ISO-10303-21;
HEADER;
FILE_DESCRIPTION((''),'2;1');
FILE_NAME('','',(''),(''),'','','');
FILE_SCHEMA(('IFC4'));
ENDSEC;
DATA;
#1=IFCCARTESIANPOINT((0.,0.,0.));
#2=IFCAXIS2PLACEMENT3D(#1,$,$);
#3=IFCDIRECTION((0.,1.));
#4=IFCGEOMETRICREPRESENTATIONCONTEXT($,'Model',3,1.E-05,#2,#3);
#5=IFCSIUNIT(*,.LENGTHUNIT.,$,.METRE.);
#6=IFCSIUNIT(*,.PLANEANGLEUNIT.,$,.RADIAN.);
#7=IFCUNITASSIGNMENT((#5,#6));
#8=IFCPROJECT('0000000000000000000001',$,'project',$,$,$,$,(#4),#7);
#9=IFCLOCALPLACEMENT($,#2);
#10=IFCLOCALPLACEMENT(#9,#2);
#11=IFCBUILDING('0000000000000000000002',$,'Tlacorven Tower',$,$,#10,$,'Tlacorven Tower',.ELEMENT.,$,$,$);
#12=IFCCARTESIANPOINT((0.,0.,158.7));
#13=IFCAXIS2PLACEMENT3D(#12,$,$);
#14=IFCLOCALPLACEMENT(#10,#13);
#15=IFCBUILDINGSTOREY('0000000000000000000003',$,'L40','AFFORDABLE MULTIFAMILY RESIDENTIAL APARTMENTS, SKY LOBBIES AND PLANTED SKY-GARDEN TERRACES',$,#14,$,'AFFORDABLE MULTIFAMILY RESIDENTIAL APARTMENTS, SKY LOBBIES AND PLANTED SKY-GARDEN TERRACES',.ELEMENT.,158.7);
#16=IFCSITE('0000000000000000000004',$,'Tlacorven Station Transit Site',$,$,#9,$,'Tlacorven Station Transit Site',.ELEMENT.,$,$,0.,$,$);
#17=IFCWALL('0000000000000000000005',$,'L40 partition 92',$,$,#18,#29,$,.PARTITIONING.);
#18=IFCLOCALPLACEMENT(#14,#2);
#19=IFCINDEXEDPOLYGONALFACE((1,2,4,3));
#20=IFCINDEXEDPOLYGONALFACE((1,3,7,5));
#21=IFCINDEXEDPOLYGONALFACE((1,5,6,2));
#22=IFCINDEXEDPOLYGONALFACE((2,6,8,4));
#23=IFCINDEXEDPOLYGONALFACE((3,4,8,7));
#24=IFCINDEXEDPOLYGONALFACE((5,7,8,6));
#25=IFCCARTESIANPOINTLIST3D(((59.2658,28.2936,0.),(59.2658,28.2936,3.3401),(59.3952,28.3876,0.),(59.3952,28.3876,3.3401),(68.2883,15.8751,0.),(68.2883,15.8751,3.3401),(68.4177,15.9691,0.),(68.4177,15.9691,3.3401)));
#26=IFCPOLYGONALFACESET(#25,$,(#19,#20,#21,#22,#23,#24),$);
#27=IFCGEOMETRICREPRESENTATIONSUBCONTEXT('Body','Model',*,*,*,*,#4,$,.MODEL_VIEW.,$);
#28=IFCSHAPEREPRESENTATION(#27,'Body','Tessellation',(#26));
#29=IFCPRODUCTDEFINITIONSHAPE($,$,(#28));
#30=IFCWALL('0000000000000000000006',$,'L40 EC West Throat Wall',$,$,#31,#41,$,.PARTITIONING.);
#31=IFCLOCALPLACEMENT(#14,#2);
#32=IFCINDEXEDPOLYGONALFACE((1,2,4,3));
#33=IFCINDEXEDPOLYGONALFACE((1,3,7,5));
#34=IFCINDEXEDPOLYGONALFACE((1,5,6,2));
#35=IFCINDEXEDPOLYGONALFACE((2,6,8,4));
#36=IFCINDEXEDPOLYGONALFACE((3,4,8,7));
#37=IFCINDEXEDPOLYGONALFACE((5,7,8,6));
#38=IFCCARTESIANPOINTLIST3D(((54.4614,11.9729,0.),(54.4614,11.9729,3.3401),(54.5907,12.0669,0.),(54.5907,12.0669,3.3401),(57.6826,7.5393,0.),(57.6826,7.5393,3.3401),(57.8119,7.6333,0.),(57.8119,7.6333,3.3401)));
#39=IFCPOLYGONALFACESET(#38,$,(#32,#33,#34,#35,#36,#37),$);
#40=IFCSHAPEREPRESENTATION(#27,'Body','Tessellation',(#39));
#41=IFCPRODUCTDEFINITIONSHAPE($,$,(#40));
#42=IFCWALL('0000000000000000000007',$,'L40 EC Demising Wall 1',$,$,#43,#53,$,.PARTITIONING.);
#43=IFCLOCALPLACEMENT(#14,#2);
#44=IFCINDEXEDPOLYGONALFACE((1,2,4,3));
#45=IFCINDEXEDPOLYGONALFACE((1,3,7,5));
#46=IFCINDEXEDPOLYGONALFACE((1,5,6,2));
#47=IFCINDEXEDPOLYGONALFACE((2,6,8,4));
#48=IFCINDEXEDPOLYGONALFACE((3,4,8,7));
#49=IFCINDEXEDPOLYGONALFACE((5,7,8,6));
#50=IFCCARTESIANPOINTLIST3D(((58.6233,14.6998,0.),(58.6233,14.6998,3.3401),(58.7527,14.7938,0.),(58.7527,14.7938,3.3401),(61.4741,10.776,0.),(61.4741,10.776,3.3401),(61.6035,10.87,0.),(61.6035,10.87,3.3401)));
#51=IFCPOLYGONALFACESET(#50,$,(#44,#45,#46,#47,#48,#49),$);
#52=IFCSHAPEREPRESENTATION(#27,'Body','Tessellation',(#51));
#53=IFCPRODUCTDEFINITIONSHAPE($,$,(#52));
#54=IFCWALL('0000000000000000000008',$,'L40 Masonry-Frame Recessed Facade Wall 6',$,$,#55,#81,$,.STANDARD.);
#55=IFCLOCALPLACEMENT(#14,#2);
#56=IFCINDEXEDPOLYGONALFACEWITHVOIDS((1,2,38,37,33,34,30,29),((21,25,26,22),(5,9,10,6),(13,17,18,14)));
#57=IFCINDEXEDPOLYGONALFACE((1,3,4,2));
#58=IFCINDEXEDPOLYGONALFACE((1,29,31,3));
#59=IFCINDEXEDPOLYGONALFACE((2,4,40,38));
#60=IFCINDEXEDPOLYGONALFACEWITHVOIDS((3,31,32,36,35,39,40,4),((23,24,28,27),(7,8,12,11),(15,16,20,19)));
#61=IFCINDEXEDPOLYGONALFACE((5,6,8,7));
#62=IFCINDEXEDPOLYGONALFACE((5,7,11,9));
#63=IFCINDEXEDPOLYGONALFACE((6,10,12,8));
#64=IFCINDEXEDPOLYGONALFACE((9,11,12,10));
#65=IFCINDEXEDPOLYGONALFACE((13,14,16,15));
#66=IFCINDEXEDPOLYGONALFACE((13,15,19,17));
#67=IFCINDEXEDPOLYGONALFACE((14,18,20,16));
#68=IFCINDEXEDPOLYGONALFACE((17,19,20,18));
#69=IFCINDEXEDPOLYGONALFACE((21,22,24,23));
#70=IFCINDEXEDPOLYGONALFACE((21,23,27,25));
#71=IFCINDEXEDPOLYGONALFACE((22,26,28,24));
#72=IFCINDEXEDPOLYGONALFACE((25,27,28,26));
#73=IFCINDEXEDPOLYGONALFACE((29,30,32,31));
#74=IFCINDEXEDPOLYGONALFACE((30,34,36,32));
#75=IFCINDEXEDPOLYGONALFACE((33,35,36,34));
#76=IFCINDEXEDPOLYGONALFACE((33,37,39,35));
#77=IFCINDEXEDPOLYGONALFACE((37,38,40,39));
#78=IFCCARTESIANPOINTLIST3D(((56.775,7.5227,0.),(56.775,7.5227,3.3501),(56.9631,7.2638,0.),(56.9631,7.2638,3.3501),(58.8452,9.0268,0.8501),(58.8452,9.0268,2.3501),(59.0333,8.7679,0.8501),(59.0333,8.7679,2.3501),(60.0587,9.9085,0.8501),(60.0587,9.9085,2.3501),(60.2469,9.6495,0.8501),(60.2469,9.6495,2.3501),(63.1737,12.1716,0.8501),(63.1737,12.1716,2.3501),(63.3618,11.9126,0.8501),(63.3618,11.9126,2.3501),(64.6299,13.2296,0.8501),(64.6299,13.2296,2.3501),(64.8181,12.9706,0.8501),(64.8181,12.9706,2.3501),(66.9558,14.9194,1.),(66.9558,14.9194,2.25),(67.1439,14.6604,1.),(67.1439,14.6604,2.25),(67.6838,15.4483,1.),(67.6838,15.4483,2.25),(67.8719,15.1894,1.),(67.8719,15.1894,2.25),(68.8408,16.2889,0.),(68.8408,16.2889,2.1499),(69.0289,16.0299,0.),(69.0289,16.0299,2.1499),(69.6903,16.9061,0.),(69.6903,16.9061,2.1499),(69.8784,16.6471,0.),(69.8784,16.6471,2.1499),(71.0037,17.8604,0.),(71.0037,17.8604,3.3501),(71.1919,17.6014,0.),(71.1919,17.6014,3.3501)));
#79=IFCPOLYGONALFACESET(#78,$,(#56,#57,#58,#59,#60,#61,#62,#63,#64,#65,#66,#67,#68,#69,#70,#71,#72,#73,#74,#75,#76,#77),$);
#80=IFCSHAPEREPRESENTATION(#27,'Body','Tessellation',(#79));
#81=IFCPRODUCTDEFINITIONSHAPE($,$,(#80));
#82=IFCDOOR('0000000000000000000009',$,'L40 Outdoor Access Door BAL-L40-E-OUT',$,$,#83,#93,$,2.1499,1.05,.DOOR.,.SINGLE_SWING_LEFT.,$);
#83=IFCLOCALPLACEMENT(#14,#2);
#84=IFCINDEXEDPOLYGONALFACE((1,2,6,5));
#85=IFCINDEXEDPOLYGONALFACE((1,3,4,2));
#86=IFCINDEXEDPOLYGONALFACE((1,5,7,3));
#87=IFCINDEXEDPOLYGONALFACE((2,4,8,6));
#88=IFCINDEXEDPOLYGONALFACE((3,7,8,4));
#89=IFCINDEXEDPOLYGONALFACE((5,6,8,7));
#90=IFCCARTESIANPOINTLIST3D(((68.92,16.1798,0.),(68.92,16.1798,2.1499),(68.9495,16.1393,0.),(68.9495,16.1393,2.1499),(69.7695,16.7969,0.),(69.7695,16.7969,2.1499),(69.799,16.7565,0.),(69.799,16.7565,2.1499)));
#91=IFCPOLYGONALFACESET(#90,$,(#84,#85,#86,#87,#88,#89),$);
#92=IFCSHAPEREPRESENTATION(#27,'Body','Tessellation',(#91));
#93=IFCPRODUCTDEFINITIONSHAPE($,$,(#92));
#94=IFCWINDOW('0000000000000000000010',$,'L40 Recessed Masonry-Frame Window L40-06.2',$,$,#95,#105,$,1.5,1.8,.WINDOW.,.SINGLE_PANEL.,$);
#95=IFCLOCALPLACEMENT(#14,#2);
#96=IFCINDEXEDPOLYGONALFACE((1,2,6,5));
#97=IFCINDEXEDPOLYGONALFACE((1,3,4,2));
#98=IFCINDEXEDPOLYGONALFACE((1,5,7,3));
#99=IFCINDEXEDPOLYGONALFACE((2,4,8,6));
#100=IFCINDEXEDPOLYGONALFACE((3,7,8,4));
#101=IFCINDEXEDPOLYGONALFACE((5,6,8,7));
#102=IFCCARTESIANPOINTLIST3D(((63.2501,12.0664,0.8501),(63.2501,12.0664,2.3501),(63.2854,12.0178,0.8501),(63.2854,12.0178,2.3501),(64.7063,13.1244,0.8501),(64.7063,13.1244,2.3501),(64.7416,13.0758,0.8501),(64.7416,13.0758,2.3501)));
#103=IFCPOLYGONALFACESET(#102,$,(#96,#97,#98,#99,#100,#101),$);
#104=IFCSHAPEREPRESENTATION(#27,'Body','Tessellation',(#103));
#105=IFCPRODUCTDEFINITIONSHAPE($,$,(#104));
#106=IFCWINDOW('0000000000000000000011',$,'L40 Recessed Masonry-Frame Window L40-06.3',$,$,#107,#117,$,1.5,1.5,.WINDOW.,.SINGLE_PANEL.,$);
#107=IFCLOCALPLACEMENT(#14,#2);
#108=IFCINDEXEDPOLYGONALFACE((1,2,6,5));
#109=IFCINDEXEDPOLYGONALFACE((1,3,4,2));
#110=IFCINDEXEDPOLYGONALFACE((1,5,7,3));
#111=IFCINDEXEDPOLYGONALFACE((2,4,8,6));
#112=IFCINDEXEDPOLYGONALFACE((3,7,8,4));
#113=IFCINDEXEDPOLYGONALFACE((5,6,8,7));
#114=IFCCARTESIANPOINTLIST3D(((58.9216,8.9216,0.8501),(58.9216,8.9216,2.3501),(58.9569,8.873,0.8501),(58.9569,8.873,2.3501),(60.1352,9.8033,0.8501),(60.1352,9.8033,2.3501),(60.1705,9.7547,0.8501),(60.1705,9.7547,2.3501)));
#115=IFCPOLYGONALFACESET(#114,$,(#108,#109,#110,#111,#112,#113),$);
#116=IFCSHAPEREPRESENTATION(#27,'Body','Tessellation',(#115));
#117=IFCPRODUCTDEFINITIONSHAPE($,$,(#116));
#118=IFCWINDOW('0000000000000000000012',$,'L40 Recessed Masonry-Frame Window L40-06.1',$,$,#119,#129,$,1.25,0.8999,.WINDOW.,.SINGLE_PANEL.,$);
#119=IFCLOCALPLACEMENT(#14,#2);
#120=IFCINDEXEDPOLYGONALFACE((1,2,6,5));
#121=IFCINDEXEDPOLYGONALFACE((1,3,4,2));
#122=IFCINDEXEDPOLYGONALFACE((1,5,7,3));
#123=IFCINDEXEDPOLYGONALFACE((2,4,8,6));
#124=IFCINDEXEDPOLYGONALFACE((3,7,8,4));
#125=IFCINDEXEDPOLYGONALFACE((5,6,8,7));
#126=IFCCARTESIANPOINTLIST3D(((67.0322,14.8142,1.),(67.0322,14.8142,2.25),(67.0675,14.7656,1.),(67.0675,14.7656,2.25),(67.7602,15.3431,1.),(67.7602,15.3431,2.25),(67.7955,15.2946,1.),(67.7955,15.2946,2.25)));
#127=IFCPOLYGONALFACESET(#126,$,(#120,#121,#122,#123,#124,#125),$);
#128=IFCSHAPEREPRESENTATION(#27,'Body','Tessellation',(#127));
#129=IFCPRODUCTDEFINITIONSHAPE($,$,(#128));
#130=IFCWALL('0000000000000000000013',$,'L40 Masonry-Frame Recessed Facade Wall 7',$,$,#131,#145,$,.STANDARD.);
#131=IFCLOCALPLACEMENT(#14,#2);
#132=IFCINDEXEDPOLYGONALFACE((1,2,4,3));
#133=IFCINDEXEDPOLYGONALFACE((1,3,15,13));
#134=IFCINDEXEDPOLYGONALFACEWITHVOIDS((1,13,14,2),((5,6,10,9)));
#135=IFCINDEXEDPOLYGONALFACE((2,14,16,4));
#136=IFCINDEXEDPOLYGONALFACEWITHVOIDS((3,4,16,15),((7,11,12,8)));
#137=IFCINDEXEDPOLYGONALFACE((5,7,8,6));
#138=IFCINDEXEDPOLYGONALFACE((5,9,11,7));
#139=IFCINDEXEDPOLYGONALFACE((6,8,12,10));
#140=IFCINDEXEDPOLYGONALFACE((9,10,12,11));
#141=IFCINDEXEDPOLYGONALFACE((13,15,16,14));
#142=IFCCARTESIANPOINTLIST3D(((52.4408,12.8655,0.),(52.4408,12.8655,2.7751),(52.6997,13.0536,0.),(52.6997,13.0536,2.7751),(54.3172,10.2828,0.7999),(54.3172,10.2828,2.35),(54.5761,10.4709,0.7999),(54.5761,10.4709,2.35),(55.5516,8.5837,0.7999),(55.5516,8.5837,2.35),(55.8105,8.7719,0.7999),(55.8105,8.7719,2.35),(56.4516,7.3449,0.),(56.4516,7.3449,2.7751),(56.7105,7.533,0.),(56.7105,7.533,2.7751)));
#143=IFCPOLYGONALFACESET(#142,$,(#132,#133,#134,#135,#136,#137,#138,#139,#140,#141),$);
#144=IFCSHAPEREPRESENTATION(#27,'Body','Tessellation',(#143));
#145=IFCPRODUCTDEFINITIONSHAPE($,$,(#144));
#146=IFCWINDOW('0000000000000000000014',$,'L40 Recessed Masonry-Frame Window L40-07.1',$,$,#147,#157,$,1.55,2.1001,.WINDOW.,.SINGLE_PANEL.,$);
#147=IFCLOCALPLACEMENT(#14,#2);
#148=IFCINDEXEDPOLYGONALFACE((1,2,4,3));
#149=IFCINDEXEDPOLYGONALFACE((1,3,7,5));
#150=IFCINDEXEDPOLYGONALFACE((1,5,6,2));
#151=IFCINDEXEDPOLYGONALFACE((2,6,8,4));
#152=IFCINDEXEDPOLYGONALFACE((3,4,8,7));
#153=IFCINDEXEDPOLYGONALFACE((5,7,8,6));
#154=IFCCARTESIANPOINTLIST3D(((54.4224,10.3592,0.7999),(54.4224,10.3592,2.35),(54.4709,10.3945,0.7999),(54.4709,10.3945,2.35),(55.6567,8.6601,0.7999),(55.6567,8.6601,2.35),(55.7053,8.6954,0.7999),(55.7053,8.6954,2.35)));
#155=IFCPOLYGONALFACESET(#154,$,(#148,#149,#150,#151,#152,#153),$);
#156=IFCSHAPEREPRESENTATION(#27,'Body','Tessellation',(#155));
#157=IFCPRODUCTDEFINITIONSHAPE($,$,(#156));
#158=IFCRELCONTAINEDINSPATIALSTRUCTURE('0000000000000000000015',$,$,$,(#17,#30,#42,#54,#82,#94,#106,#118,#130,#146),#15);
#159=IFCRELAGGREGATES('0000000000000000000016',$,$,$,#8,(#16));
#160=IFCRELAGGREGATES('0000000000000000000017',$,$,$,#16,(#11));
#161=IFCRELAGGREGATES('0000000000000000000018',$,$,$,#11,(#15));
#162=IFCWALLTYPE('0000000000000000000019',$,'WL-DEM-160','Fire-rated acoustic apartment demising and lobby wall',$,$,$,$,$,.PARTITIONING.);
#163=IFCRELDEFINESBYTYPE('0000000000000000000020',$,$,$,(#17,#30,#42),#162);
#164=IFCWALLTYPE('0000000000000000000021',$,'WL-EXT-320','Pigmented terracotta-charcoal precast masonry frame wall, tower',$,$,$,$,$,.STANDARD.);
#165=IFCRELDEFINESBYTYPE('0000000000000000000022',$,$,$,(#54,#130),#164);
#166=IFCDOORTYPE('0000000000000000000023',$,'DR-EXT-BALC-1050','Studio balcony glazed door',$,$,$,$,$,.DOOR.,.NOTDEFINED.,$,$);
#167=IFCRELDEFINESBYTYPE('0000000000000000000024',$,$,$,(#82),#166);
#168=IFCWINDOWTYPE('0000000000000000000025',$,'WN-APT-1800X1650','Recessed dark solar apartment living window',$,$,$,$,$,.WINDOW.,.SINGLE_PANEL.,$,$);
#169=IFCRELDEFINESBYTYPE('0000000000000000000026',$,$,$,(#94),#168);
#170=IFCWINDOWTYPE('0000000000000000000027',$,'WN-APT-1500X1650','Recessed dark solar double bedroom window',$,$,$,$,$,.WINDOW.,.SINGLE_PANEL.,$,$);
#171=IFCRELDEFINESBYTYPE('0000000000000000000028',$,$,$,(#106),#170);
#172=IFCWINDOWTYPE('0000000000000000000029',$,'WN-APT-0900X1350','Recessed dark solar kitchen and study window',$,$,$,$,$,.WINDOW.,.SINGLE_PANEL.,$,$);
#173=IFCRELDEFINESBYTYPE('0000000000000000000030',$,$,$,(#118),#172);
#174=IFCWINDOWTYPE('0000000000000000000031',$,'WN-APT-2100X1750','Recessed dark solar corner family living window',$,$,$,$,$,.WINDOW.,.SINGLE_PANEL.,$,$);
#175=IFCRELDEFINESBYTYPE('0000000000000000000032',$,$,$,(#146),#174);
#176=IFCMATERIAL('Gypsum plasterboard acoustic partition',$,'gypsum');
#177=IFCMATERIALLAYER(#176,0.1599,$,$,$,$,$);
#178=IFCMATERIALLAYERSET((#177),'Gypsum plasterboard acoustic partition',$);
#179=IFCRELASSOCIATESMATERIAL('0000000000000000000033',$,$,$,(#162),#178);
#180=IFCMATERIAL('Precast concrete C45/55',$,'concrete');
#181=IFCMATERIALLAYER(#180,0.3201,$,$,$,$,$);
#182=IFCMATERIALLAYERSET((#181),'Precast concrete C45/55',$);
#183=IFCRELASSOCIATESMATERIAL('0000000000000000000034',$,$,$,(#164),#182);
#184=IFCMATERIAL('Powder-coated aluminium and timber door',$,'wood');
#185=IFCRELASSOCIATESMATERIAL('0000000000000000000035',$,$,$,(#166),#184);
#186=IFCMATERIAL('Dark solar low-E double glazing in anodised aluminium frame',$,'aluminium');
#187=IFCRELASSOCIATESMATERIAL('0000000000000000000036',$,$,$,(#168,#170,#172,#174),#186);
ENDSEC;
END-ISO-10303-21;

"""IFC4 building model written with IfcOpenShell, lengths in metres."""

from ifc_helpers import new_model, si_unit, direction, frame, frame_2d, origin, place, context, subcontext, project, spatial, rectangle, extrude, source, transform, mapped, material, layer, layer_set, type_object, element, fill, save


model = new_model("IFC4")

# Units and contexts
model_context = context("Model", 3, precision=1e-05, world=origin(), true_north=direction((0.0, 1.0)))
body_context = subcontext(model_context, "Body", "Model", "MODEL_VIEW")
ifc_project = project(units=[si_unit("LENGTHUNIT", "METRE"), si_unit("PLANEANGLEUNIT", "RADIAN")], contexts=[model_context])

# Site, building, storey
site_placement = place(None, origin())
site = spatial("IfcSite", under=ifc_project, at=site_placement, Name="Tlacorven Station Transit Site", LongName="Tlacorven Station Transit Site", CompositionType="ELEMENT", RefElevation=0.0)
building_placement = place(site_placement, origin())
building = spatial("IfcBuilding", under=site, at=building_placement, Name="Tlacorven Tower", LongName="Tlacorven Tower", CompositionType="ELEMENT")
storey_placement = place(building_placement, frame((0.0, 0.0, 158.7)))
storey = spatial("IfcBuildingStorey", under=building, at=storey_placement, Name="L40", Description="AFFORDABLE MULTIFAMILY RESIDENTIAL APARTMENTS, SKY LOBBIES AND PLANTED SKY-GARDEN TERRACES", LongName="AFFORDABLE MULTIFAMILY RESIDENTIAL APARTMENTS, SKY LOBBIES AND PLANTED SKY-GARDEN TERRACES", CompositionType="ELEMENT", Elevation=158.7)

# Walls
ifc_material_1 = material(Name="Gypsum plasterboard acoustic partition", Category="gypsum")
ifc_layer_1 = layer(ifc_material_1, 0.1599)
ifc_layer_set_1 = layer_set([ifc_layer_1], Name="Gypsum plasterboard acoustic partition")
wall_type_1 = type_object("IfcWallType", Name="WL-DEM-160", Description="Fire-rated acoustic apartment demising and lobby wall", PredefinedType="PARTITIONING", material=ifc_layer_set_1)
wall_1_placement = place(storey_placement, frame((68.353, 15.9221, 0.0), z_axis=(0.0, 0.0, 1.0), x_axis=(-0.587782, 0.809019, 0.0)))
element("IfcWall", 1, at=wall_1_placement, inside=storey, type_object=wall_type_1, Name="L40 partition 92", PredefinedType="PARTITIONING", context=body_context, shape_type="SweptSolid", body=[
    extrude(rectangle(XDim=15.3501, YDim=0.1599, at=frame_2d((7.675, 0.0))), origin(), (0.0, 0.0, 1.0), 3.3401),
])
wall_2_placement = place(storey_placement, frame((57.7473, 7.5862, 0.0), z_axis=(0.0, 0.0, 1.0), x_axis=(-0.587785, 0.809017, 0.0)))
element("IfcWall", 2, at=wall_2_placement, inside=storey, type_object=wall_type_1, Name="L40 EC West Throat Wall", PredefinedType="PARTITIONING", context=body_context, shape_type="SweptSolid", body=[
    extrude(rectangle(XDim=5.4802, YDim=0.1599, at=frame_2d((2.7402, 0.0))), origin(), (0.0, 0.0, 1.0), 3.3401),
])
wall_3_placement = place(storey_placement, frame((61.5388, 10.823, 0.0), z_axis=(0.0, 0.0, 1.0), x_axis=(-0.587786, 0.809017, 0.0)))
element("IfcWall", 3, at=wall_3_placement, inside=storey, type_object=wall_type_1, Name="L40 EC Demising Wall 1", PredefinedType="PARTITIONING", context=body_context, shape_type="SweptSolid", body=[
    extrude(rectangle(XDim=4.8501, YDim=0.1599, at=frame_2d((2.425, 0.0))), origin(), (0.0, 0.0, 1.0), 3.3401),
])

# Wall, openings, door, windows
ifc_material_2 = material(Name="Precast concrete C45/55", Category="concrete")
ifc_layer_2 = layer(ifc_material_2, 0.3201)
ifc_layer_set_2 = layer_set([ifc_layer_2], Name="Precast concrete C45/55")
wall_type_2 = type_object("IfcWallType", Name="WL-EXT-320", Description="Pigmented terracotta-charcoal precast masonry frame wall, tower", PredefinedType="STANDARD", material=ifc_layer_set_2)
wall_4_placement = place(storey_placement, frame((71.0979, 17.731, 0.0), z_axis=(0.0, 0.0, 1.0), x_axis=(-0.809021, -0.58778, 0.0)))
wall_4 = element("IfcWall", 4, at=wall_4_placement, inside=storey, type_object=wall_type_2, Name="L40 Masonry-Frame Recessed Facade Wall 6", PredefinedType="STANDARD", context=body_context, shape_type="SweptSolid", body=[
    extrude(rectangle(XDim=17.5876, YDim=0.3201, at=frame_2d((8.7939, 0.0))), origin(), (0.0, 0.0, 1.0), 3.3501),
])
opening_1_placement = place(wall_4_placement, frame((1.6238, 0.0, 0.0)))
opening_1 = element("IfcOpeningElement", 5, at=opening_1_placement, cuts=wall_4, PredefinedType="OPENING", context=body_context, shape_type="SweptSolid", body=[
    extrude(rectangle(XDim=1.05, YDim=2.1499, at=frame_2d((0.5249, 1.075))), frame((0.0, 0.1699, 0.0), z_axis=(0.0, -1.0, 0.0), x_axis=(1.0, 0.0, 0.0)), (0.0, 0.0, 1.0), 0.3401),
])
opening_2_placement = place(wall_4_placement, frame((4.1038, 0.0, 1.0)))
opening_2 = element("IfcOpeningElement", 6, at=opening_2_placement, cuts=wall_4, PredefinedType="OPENING", context=body_context, shape_type="SweptSolid", body=[
    extrude(rectangle(XDim=0.8999, YDim=1.25, at=frame_2d((0.45, 0.625))), frame((0.0, 0.1699, 0.0), z_axis=(0.0, -1.0, 0.0), x_axis=(1.0, 0.0, 0.0)), (0.0, 0.0, 1.0), 0.3401),
])
opening_3_placement = place(wall_4_placement, frame((7.8787, 0.0, 0.8501)))
opening_3 = element("IfcOpeningElement", 7, at=opening_3_placement, cuts=wall_4, PredefinedType="OPENING", context=body_context, shape_type="SweptSolid", body=[
    extrude(rectangle(XDim=1.8, YDim=1.5, at=frame_2d((0.8999, 0.75))), frame((0.0, 0.1699, 0.0), z_axis=(0.0, -1.0, 0.0), x_axis=(1.0, 0.0, 0.0)), (0.0, 0.0, 1.0), 0.3401),
])
opening_4_placement = place(wall_4_placement, frame((13.5288, 0.0, 0.8501)))
opening_4 = element("IfcOpeningElement", 8, at=opening_4_placement, cuts=wall_4, PredefinedType="OPENING", context=body_context, shape_type="SweptSolid", body=[
    extrude(rectangle(XDim=1.5, YDim=1.5, at=frame_2d((0.75, 0.75))), frame((0.0, 0.1699, 0.0), z_axis=(0.0, -1.0, 0.0), x_axis=(1.0, 0.0, 0.0)), (0.0, 0.0, 1.0), 0.3401),
])
ifc_material_3 = material(Name="Powder-coated aluminium and timber door", Category="wood")
door_type = type_object("IfcDoorType", Name="DR-EXT-BALC-1050", Description="Studio balcony glazed door", OperationType="NOTDEFINED", PredefinedType="DOOR", material=ifc_material_3)
shared_shape_1 = source(origin(), body_context, "Body", "SweptSolid", [
    extrude(rectangle(XDim=1.05, YDim=2.1499, at=frame_2d((0.5249, 1.075))), frame((0.0, 0.0249, 0.0), z_axis=(0.0, -1.0, 0.0), x_axis=(1.0, 0.0, 0.0)), (0.0, 0.0, 1.0), 0.05),
])
door_placement = place(opening_1_placement, origin())
door = element("IfcDoor", 9, at=door_placement, inside=storey, type_object=door_type, Name="L40 Outdoor Access Door BAL-L40-E-OUT", OperationType="SINGLE_SWING_LEFT", OverallHeight=2.1499, OverallWidth=1.05, PredefinedType="DOOR", context=body_context, shape_type="MappedRepresentation", body=[
    mapped(shared_shape_1, transform((0.0, 0.0, 0.0), scale=1.0)),
])
fill(opening_1, door)
ifc_material_4 = material(Name="Dark solar low-E double glazing in anodised aluminium frame", Category="aluminium")
window_type_1 = type_object("IfcWindowType", Name="WN-APT-1800X1650", Description="Recessed dark solar apartment living window", PartitioningType="SINGLE_PANEL", PredefinedType="WINDOW", material=ifc_material_4)
shared_shape_2 = source(origin(), body_context, "Body", "SweptSolid", [
    extrude(rectangle(XDim=1.8, YDim=1.5, at=frame_2d((0.8999, 0.75))), frame((0.0, 0.03, 0.0), z_axis=(0.0, -1.0, 0.0), x_axis=(1.0, 0.0, 0.0)), (0.0, 0.0, 1.0), 0.0601),
])
window_1_placement = place(opening_3_placement, origin())
window_1 = element("IfcWindow", 10, at=window_1_placement, inside=storey, type_object=window_type_1, Name="L40 Recessed Masonry-Frame Window L40-06.2", OverallHeight=1.5, OverallWidth=1.8, PartitioningType="SINGLE_PANEL", PredefinedType="WINDOW", context=body_context, shape_type="MappedRepresentation", body=[
    mapped(shared_shape_2, transform((0.0, 0.0, 0.0), scale=1.0)),
])
fill(opening_3, window_1)
window_type_2 = type_object("IfcWindowType", Name="WN-APT-1500X1650", Description="Recessed dark solar double bedroom window", PartitioningType="SINGLE_PANEL", PredefinedType="WINDOW", material=ifc_material_4)
shared_shape_3 = source(origin(), body_context, "Body", "SweptSolid", [
    extrude(rectangle(XDim=1.5, YDim=1.5, at=frame_2d((0.75, 0.75))), frame((0.0, 0.03, 0.0), z_axis=(0.0, -1.0, 0.0), x_axis=(1.0, 0.0, 0.0)), (0.0, 0.0, 1.0), 0.0601),
])
window_2_placement = place(opening_4_placement, origin())
window_2 = element("IfcWindow", 11, at=window_2_placement, inside=storey, type_object=window_type_2, Name="L40 Recessed Masonry-Frame Window L40-06.3", OverallHeight=1.5, OverallWidth=1.5, PartitioningType="SINGLE_PANEL", PredefinedType="WINDOW", context=body_context, shape_type="MappedRepresentation", body=[
    mapped(shared_shape_3, transform((0.0, 0.0, 0.0), scale=1.0)),
])
fill(opening_4, window_2)
window_type_3 = type_object("IfcWindowType", Name="WN-APT-0900X1350", Description="Recessed dark solar kitchen and study window", PartitioningType="SINGLE_PANEL", PredefinedType="WINDOW", material=ifc_material_4)
shared_shape_4 = source(origin(), body_context, "Body", "SweptSolid", [
    extrude(rectangle(XDim=0.8999, YDim=1.25, at=frame_2d((0.45, 0.625))), frame((0.0, 0.03, 0.0), z_axis=(0.0, -1.0, 0.0), x_axis=(1.0, 0.0, 0.0)), (0.0, 0.0, 1.0), 0.0601),
])
window_3_placement = place(opening_2_placement, origin())
window_3 = element("IfcWindow", 12, at=window_3_placement, inside=storey, type_object=window_type_3, Name="L40 Recessed Masonry-Frame Window L40-06.1", OverallHeight=1.25, OverallWidth=0.8999, PartitioningType="SINGLE_PANEL", PredefinedType="WINDOW", context=body_context, shape_type="MappedRepresentation", body=[
    mapped(shared_shape_4, transform((0.0, 0.0, 0.0), scale=1.0)),
])
fill(opening_2, window_3)

# Wall, opening, window
wall_5_placement = place(storey_placement, frame((56.5811, 7.439, 0.0), z_axis=(0.0, 0.0, 1.0), x_axis=(-0.587772, 0.809027, 0.0)))
wall_5 = element("IfcWall", 13, at=wall_5_placement, inside=storey, type_object=wall_type_2, Name="L40 Masonry-Frame Recessed Facade Wall 7", PredefinedType="STANDARD", context=body_context, shape_type="SweptSolid", body=[
    extrude(rectangle(XDim=6.8237, YDim=0.3201, at=frame_2d((3.4119, 0.0))), origin(), (0.0, 0.0, 1.0), 2.7751),
])
opening_5_placement = place(wall_5_placement, frame((1.5312, 0.0, 0.8)))
opening_5 = element("IfcOpeningElement", 14, at=opening_5_placement, cuts=wall_5, PredefinedType="OPENING", context=body_context, shape_type="SweptSolid", body=[
    extrude(rectangle(XDim=2.1001, YDim=1.55, at=frame_2d((1.05, 0.7749))), frame((0.0, 0.1699, 0.0), z_axis=(0.0, -1.0, 0.0), x_axis=(1.0, 0.0, 0.0)), (0.0, 0.0, 1.0), 0.3401),
])
window_type_4 = type_object("IfcWindowType", Name="WN-APT-2100X1750", Description="Recessed dark solar corner family living window", PartitioningType="SINGLE_PANEL", PredefinedType="WINDOW", material=ifc_material_4)
shared_shape_5 = source(origin(), body_context, "Body", "SweptSolid", [
    extrude(rectangle(XDim=2.1001, YDim=1.55, at=frame_2d((1.05, 0.7749))), frame((0.0, 0.03, 0.0), z_axis=(0.0, -1.0, 0.0), x_axis=(1.0, 0.0, 0.0)), (0.0, 0.0, 1.0), 0.0601),
])
window_4_placement = place(opening_5_placement, origin())
window_4 = element("IfcWindow", 15, at=window_4_placement, inside=storey, type_object=window_type_4, Name="L40 Recessed Masonry-Frame Window L40-07.1", OverallHeight=1.55, OverallWidth=2.1001, PartitioningType="SINGLE_PANEL", PredefinedType="WINDOW", context=body_context, shape_type="MappedRepresentation", body=[
    mapped(shared_shape_5, transform((0.0, 0.0, 0.0), scale=1.0)),
])
fill(opening_5, window_4)

save(model, "model.ifc")
